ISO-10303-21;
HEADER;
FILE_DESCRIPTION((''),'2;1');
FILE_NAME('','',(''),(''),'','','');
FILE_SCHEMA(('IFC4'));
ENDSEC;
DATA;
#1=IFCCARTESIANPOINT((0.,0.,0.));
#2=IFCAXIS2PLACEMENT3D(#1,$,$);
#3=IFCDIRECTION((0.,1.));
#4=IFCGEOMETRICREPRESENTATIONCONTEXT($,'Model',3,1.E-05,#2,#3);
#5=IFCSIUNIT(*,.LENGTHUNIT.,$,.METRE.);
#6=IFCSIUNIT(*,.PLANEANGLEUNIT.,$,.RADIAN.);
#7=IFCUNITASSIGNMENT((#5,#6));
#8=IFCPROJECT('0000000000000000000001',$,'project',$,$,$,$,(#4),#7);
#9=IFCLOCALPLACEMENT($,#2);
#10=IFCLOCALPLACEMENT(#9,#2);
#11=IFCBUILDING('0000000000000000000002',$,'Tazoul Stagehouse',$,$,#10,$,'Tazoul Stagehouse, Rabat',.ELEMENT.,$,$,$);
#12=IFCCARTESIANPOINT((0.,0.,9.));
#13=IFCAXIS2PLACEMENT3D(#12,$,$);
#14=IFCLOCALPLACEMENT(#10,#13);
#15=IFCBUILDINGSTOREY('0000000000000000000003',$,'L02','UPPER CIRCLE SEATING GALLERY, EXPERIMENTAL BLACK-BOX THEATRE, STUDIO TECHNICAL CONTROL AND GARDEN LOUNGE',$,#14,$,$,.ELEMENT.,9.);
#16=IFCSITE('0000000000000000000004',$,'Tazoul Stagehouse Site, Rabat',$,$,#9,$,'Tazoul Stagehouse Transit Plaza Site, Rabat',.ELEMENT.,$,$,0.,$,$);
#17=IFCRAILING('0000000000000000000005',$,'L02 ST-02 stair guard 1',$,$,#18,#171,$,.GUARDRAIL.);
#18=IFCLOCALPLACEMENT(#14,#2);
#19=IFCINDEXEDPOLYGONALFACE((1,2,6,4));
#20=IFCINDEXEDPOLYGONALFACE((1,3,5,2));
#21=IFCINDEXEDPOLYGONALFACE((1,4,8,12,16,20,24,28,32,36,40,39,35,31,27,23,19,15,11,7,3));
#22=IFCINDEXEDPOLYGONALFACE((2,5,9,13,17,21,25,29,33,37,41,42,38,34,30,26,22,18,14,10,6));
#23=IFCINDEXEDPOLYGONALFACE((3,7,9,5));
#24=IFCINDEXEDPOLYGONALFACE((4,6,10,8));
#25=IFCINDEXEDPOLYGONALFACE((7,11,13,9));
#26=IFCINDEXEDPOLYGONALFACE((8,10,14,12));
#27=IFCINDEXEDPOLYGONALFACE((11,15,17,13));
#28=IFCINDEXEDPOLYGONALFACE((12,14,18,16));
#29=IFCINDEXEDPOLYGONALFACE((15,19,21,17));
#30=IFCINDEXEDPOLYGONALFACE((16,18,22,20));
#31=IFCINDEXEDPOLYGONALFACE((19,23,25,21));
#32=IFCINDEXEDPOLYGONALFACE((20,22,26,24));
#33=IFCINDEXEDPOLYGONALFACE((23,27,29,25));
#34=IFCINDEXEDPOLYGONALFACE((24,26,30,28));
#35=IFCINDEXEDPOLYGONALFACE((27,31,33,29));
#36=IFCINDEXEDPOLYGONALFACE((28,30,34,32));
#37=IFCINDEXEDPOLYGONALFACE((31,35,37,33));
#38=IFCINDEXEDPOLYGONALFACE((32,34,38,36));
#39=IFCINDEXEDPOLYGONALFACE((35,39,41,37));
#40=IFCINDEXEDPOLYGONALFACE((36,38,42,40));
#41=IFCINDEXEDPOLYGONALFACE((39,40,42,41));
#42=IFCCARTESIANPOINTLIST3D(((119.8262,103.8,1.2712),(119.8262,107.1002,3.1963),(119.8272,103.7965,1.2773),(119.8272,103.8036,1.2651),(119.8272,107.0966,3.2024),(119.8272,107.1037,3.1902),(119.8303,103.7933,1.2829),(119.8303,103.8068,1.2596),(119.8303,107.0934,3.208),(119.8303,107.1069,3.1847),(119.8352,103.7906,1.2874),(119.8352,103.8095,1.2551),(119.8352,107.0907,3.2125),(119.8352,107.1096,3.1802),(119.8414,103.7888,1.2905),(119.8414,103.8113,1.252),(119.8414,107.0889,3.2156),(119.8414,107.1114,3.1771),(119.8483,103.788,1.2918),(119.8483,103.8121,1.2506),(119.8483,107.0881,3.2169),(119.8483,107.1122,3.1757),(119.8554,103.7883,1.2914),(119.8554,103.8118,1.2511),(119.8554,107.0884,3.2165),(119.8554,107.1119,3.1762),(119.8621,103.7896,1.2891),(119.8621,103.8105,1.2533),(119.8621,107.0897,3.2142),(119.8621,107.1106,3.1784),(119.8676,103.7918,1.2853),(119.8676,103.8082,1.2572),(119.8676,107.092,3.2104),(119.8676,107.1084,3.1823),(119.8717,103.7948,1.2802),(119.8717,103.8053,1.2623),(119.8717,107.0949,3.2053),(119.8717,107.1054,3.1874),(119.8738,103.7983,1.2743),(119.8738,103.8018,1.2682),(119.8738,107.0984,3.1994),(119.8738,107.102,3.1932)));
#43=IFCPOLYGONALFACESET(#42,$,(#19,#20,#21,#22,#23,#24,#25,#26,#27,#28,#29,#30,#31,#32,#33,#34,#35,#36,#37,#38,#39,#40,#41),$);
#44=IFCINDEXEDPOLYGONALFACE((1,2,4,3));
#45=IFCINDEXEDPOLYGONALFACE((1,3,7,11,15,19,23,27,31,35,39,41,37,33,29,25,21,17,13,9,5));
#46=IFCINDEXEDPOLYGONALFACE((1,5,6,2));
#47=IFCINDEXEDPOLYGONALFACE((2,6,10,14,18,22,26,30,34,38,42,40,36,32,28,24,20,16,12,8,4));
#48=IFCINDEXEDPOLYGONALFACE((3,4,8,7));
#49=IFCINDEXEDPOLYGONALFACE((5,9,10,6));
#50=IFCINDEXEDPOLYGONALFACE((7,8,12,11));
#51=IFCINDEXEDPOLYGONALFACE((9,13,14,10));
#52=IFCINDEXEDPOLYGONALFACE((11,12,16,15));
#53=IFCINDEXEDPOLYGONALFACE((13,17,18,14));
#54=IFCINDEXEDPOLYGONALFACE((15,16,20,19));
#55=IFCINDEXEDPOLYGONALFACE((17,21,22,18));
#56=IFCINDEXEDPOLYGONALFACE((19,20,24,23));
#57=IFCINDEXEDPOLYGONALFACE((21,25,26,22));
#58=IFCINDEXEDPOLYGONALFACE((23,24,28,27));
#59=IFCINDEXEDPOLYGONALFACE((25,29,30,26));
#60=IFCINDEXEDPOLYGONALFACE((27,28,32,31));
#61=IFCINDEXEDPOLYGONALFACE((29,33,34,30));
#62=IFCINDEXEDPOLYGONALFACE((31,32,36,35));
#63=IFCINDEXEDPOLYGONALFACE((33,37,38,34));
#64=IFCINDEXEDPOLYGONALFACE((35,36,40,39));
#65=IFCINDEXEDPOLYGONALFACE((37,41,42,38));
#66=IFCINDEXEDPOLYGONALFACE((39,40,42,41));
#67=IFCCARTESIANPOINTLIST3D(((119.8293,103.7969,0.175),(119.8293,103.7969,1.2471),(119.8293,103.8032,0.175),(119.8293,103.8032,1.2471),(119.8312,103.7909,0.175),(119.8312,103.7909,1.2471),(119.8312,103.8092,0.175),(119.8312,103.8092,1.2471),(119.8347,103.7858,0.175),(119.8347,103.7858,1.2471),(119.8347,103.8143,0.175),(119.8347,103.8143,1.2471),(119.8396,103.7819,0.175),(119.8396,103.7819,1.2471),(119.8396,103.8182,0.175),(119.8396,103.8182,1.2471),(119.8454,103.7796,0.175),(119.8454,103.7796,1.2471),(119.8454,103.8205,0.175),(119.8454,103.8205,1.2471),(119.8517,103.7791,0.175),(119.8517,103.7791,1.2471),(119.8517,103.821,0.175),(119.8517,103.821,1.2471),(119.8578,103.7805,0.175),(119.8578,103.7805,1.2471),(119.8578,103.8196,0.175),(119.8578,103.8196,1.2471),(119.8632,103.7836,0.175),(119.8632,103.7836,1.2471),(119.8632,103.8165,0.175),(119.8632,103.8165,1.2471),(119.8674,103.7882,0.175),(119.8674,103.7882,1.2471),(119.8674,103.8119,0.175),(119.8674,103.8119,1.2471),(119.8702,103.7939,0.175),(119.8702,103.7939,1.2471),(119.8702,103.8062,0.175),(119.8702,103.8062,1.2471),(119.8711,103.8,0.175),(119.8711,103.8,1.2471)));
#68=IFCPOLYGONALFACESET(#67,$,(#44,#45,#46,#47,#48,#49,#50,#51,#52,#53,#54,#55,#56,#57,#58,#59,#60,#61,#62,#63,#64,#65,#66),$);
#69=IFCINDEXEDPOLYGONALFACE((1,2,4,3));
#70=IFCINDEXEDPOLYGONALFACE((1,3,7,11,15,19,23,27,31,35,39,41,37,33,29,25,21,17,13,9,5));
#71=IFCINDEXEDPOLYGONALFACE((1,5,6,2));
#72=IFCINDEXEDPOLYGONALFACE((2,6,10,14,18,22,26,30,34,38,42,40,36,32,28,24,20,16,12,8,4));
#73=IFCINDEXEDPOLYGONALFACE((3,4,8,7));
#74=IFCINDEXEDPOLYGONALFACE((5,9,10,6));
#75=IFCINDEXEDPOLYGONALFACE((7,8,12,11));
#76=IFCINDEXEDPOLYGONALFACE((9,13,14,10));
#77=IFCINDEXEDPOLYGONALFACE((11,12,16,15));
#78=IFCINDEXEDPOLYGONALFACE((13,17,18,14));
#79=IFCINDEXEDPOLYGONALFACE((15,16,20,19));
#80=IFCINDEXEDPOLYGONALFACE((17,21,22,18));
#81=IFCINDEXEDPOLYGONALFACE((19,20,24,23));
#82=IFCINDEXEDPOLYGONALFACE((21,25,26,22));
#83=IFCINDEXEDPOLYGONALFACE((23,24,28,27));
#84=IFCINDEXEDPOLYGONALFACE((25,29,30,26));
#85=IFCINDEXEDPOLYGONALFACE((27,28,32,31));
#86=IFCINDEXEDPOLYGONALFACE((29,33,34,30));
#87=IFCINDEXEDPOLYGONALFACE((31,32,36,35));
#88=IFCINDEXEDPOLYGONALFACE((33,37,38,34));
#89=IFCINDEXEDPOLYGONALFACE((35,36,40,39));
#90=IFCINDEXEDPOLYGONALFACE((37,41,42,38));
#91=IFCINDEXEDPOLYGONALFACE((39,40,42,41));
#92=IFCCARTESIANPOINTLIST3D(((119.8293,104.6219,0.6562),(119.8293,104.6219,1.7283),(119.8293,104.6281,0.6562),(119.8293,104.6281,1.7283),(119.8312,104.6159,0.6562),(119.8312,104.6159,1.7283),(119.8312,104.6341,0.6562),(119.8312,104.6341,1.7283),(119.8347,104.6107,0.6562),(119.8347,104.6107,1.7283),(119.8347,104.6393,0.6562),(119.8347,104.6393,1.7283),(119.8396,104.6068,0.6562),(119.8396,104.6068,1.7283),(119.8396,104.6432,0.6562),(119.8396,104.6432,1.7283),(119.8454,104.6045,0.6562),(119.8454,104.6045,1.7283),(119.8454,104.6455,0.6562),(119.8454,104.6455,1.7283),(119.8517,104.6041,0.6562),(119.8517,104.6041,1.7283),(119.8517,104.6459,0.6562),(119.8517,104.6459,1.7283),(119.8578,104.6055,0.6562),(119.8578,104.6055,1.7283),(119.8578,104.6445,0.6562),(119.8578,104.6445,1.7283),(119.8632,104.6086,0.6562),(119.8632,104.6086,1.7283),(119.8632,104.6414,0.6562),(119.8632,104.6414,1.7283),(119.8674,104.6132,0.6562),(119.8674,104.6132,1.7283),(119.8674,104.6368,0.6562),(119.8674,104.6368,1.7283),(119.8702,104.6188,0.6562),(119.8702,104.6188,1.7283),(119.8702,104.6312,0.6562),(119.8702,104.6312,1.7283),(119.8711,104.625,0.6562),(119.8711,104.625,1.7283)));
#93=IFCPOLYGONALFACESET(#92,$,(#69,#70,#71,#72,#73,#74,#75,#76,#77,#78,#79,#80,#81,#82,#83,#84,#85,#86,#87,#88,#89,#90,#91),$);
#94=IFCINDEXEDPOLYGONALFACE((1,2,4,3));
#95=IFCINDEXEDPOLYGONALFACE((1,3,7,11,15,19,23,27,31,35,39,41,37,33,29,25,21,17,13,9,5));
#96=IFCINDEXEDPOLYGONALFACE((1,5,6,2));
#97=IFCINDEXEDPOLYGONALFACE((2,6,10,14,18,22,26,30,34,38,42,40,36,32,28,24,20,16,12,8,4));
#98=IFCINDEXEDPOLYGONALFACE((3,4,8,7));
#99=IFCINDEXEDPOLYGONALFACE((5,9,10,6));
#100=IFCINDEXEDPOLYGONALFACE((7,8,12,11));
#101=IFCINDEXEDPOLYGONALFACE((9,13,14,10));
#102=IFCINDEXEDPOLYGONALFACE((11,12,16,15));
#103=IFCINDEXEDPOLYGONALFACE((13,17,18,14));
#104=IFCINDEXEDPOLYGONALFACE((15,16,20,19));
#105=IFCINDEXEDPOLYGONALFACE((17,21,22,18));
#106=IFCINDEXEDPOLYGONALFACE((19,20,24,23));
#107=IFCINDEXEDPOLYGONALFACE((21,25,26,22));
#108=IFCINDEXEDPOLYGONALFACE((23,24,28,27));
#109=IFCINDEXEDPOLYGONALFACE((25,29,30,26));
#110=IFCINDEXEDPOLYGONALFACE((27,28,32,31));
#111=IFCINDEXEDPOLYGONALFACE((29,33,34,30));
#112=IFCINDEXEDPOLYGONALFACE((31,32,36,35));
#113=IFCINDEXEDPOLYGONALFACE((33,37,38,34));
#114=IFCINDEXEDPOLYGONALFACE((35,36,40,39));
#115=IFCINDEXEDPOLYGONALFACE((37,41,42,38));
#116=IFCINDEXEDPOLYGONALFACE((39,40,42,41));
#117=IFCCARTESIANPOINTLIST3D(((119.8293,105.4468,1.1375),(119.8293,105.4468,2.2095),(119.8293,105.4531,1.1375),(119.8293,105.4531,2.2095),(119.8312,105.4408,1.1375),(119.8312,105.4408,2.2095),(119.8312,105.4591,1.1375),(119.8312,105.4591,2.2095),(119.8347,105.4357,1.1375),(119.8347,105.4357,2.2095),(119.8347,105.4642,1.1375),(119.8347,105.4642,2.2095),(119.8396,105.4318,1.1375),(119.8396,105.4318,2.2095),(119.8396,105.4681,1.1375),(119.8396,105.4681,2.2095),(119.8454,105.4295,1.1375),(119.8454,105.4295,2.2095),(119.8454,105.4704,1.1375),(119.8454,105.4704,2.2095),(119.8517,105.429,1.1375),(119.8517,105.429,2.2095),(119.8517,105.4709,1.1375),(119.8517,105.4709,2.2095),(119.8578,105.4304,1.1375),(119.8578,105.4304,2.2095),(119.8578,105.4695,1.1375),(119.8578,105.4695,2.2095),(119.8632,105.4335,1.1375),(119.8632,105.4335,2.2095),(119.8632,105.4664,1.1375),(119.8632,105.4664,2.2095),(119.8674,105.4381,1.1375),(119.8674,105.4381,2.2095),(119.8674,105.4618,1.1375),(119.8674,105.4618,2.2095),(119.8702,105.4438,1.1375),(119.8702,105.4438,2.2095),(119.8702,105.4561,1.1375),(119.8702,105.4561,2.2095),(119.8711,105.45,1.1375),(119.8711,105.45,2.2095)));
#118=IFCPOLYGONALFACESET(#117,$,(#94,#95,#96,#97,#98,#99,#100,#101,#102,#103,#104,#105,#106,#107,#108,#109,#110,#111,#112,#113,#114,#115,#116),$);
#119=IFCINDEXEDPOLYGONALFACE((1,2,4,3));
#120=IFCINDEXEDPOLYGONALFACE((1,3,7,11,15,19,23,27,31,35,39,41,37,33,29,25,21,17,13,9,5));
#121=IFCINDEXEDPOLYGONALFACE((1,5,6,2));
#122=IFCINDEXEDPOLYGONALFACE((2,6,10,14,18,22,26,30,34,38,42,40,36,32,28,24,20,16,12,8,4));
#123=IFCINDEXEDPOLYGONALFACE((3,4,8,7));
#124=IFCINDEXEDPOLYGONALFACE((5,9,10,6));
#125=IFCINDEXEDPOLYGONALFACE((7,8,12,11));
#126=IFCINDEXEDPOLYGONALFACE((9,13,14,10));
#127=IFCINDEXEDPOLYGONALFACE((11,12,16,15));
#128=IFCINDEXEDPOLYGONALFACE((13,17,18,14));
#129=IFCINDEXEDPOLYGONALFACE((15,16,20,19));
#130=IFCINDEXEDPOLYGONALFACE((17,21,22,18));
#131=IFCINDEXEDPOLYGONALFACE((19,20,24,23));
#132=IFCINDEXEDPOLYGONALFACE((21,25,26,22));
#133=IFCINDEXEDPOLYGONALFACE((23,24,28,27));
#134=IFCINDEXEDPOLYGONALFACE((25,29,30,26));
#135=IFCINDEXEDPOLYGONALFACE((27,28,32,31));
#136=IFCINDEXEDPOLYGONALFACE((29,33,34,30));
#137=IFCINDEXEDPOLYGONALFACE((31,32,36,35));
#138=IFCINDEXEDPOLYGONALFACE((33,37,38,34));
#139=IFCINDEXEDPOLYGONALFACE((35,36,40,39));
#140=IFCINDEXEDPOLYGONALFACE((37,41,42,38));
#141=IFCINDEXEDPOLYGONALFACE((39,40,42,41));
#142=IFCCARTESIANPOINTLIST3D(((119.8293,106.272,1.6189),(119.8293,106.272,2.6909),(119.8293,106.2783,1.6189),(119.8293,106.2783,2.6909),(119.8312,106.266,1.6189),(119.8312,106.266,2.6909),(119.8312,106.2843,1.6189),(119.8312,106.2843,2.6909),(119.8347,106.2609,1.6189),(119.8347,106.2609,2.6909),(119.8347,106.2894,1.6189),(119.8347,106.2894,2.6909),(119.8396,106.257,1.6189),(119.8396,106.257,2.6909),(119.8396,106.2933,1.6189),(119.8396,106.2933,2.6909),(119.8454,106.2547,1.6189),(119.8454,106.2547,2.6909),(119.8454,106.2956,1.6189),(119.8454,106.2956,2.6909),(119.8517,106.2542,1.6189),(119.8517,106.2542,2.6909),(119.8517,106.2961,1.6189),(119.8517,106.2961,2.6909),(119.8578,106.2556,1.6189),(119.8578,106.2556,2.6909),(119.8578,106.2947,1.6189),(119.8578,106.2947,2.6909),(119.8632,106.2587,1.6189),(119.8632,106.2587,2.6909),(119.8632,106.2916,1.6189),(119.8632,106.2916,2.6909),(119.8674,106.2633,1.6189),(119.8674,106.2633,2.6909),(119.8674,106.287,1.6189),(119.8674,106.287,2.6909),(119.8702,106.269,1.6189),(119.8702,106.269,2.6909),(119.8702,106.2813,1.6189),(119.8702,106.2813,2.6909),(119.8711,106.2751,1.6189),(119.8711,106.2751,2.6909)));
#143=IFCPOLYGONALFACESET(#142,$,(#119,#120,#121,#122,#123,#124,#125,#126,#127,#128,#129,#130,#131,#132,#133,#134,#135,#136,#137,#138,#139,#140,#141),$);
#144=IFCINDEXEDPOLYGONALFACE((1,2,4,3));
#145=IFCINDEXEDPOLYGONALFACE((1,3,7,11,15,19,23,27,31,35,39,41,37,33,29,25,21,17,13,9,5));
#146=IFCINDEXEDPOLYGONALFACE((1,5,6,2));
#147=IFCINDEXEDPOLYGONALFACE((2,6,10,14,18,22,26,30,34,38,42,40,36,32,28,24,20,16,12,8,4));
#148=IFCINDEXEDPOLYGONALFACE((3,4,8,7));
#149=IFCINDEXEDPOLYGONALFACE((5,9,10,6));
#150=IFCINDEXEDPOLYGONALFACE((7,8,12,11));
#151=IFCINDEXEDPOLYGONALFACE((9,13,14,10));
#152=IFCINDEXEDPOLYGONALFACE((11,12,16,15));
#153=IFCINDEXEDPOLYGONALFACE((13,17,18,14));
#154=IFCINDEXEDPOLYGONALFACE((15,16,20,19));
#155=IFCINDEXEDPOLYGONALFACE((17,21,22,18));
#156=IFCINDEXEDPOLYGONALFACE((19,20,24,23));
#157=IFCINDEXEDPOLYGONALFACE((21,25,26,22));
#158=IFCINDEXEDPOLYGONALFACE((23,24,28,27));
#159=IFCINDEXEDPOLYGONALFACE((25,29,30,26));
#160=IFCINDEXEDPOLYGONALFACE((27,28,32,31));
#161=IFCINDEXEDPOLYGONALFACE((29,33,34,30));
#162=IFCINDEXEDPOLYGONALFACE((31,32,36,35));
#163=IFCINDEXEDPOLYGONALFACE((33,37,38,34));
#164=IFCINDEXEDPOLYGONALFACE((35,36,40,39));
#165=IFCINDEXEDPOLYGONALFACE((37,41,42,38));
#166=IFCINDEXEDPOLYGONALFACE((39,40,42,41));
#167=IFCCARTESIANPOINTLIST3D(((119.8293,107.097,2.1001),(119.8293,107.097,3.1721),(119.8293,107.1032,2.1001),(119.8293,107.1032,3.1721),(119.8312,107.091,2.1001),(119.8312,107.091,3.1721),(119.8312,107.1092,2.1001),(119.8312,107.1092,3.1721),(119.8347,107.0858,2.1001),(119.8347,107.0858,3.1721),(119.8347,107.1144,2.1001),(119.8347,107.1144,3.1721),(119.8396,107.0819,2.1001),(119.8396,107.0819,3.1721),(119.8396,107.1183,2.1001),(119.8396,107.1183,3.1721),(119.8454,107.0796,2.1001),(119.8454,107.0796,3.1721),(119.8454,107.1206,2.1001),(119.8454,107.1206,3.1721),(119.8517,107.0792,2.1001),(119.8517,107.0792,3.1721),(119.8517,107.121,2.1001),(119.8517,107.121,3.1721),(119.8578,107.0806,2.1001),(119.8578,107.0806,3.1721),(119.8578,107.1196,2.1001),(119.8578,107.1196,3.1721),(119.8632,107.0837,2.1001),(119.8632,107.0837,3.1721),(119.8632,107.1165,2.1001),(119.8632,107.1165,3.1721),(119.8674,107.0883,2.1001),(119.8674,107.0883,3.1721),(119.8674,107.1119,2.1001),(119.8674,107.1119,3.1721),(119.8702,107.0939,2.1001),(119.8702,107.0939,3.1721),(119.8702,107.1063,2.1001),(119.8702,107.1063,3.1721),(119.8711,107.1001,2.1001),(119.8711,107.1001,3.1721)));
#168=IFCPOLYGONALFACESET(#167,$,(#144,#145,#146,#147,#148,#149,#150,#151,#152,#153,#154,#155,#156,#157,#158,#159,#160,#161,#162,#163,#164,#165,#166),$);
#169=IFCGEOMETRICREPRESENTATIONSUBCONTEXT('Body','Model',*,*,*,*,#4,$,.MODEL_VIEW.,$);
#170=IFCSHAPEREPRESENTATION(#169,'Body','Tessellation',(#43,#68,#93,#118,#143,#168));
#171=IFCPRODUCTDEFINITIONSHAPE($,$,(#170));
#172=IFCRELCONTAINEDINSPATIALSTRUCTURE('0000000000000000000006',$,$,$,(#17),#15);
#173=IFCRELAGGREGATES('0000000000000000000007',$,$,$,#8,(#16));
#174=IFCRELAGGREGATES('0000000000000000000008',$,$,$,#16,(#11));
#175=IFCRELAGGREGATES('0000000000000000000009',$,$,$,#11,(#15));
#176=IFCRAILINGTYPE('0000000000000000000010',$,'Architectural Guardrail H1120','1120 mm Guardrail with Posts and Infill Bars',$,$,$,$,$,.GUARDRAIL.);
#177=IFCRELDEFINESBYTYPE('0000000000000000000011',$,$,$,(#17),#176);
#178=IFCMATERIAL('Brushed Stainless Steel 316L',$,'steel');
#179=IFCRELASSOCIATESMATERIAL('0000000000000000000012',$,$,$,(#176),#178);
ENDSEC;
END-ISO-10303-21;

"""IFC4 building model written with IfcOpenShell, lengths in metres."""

from ifc_helpers import new_model, si_unit, direction, frame, origin, origin_2d, place, context, subcontext, project, spatial, circle, extrude, material, material_profile, profile_set, type_object, element, save


model = new_model("IFC4")

# Units and contexts
model_context = context("Model", 3, precision=1e-05, world=origin(), true_north=direction((0.0, 1.0)))
body_context = subcontext(model_context, "Body", "Model", "MODEL_VIEW")
ifc_project = project(units=[si_unit("LENGTHUNIT", "METRE"), si_unit("PLANEANGLEUNIT", "RADIAN")], contexts=[model_context])

# Site, building, storey
site_placement = place(None, origin())
site = spatial("IfcSite", under=ifc_project, at=site_placement, Name="Tazoul Stagehouse Site, Rabat", LongName="Tazoul Stagehouse Transit Plaza Site, Rabat", CompositionType="ELEMENT", RefElevation=0.0)
building_placement = place(site_placement, origin())
building = spatial("IfcBuilding", under=site, at=building_placement, Name="Tazoul Stagehouse", LongName="Tazoul Stagehouse, Rabat", CompositionType="ELEMENT")
storey_placement = place(building_placement, frame((0.0, 0.0, 9.0)))
storey = spatial("IfcBuildingStorey", under=building, at=storey_placement, Name="L02", Description="UPPER CIRCLE SEATING GALLERY, EXPERIMENTAL BLACK-BOX THEATRE, STUDIO TECHNICAL CONTROL AND GARDEN LOUNGE", CompositionType="ELEMENT", Elevation=9.0)

# Railing
ifc_material_1 = material(Name="Brushed Stainless Steel 316L", Category="steel")
ifc_material_profile_1 = material_profile(ifc_material_1, circle(Radius=0.0239, at=origin_2d()), Name="SS RAIL D48")
ifc_profile_set_1 = profile_set([ifc_material_profile_1], Name="Brushed Stainless Steel 316L")
railing_type_1 = type_object("IfcRailingType", Name="Architectural Guardrail H1120", Description="1120 mm Guardrail with Posts and Infill Bars", PredefinedType="GUARDRAIL", material=ifc_profile_set_1)
railing_1_placement = place(storey_placement, frame((119.8501, 103.8, 0.175)))
element("IfcRailing", 1, at=railing_1_placement, inside=storey, type_object=railing_type_1, Name="L02 ST-02 stair guard 1", PredefinedType="GUARDRAIL", context=body_context, shape_type="SweptSolid", body=[
    extrude(circle(Radius=0.0239, at=origin_2d()), frame((0.0, 0.0, 1.0962), z_axis=(0.0, 0.863777, 0.503875), x_axis=(-1.0, 0.0, 0.0)), (0.0, 0.0, 1.0), 3.8206),
    extrude(circle(Radius=0.021, at=origin_2d()), origin(), (0.0, 0.0, 1.0), 1.072),
    extrude(circle(Radius=0.021, at=origin_2d()), frame((0.0, 0.825, 0.4812)), (0.0, 0.0, 1.0), 1.072),
    extrude(circle(Radius=0.021, at=origin_2d()), frame((0.0, 1.6499, 0.9624)), (0.0, 0.0, 1.0), 1.072),
    extrude(circle(Radius=0.021, at=origin_2d()), frame((0.0, 2.4751, 1.4438)), (0.0, 0.0, 1.0), 1.072),
    extrude(circle(Radius=0.021, at=origin_2d()), frame((0.0, 3.3, 1.925)), (0.0, 0.0, 1.0), 1.072),
])

save(model, "model.ifc")
